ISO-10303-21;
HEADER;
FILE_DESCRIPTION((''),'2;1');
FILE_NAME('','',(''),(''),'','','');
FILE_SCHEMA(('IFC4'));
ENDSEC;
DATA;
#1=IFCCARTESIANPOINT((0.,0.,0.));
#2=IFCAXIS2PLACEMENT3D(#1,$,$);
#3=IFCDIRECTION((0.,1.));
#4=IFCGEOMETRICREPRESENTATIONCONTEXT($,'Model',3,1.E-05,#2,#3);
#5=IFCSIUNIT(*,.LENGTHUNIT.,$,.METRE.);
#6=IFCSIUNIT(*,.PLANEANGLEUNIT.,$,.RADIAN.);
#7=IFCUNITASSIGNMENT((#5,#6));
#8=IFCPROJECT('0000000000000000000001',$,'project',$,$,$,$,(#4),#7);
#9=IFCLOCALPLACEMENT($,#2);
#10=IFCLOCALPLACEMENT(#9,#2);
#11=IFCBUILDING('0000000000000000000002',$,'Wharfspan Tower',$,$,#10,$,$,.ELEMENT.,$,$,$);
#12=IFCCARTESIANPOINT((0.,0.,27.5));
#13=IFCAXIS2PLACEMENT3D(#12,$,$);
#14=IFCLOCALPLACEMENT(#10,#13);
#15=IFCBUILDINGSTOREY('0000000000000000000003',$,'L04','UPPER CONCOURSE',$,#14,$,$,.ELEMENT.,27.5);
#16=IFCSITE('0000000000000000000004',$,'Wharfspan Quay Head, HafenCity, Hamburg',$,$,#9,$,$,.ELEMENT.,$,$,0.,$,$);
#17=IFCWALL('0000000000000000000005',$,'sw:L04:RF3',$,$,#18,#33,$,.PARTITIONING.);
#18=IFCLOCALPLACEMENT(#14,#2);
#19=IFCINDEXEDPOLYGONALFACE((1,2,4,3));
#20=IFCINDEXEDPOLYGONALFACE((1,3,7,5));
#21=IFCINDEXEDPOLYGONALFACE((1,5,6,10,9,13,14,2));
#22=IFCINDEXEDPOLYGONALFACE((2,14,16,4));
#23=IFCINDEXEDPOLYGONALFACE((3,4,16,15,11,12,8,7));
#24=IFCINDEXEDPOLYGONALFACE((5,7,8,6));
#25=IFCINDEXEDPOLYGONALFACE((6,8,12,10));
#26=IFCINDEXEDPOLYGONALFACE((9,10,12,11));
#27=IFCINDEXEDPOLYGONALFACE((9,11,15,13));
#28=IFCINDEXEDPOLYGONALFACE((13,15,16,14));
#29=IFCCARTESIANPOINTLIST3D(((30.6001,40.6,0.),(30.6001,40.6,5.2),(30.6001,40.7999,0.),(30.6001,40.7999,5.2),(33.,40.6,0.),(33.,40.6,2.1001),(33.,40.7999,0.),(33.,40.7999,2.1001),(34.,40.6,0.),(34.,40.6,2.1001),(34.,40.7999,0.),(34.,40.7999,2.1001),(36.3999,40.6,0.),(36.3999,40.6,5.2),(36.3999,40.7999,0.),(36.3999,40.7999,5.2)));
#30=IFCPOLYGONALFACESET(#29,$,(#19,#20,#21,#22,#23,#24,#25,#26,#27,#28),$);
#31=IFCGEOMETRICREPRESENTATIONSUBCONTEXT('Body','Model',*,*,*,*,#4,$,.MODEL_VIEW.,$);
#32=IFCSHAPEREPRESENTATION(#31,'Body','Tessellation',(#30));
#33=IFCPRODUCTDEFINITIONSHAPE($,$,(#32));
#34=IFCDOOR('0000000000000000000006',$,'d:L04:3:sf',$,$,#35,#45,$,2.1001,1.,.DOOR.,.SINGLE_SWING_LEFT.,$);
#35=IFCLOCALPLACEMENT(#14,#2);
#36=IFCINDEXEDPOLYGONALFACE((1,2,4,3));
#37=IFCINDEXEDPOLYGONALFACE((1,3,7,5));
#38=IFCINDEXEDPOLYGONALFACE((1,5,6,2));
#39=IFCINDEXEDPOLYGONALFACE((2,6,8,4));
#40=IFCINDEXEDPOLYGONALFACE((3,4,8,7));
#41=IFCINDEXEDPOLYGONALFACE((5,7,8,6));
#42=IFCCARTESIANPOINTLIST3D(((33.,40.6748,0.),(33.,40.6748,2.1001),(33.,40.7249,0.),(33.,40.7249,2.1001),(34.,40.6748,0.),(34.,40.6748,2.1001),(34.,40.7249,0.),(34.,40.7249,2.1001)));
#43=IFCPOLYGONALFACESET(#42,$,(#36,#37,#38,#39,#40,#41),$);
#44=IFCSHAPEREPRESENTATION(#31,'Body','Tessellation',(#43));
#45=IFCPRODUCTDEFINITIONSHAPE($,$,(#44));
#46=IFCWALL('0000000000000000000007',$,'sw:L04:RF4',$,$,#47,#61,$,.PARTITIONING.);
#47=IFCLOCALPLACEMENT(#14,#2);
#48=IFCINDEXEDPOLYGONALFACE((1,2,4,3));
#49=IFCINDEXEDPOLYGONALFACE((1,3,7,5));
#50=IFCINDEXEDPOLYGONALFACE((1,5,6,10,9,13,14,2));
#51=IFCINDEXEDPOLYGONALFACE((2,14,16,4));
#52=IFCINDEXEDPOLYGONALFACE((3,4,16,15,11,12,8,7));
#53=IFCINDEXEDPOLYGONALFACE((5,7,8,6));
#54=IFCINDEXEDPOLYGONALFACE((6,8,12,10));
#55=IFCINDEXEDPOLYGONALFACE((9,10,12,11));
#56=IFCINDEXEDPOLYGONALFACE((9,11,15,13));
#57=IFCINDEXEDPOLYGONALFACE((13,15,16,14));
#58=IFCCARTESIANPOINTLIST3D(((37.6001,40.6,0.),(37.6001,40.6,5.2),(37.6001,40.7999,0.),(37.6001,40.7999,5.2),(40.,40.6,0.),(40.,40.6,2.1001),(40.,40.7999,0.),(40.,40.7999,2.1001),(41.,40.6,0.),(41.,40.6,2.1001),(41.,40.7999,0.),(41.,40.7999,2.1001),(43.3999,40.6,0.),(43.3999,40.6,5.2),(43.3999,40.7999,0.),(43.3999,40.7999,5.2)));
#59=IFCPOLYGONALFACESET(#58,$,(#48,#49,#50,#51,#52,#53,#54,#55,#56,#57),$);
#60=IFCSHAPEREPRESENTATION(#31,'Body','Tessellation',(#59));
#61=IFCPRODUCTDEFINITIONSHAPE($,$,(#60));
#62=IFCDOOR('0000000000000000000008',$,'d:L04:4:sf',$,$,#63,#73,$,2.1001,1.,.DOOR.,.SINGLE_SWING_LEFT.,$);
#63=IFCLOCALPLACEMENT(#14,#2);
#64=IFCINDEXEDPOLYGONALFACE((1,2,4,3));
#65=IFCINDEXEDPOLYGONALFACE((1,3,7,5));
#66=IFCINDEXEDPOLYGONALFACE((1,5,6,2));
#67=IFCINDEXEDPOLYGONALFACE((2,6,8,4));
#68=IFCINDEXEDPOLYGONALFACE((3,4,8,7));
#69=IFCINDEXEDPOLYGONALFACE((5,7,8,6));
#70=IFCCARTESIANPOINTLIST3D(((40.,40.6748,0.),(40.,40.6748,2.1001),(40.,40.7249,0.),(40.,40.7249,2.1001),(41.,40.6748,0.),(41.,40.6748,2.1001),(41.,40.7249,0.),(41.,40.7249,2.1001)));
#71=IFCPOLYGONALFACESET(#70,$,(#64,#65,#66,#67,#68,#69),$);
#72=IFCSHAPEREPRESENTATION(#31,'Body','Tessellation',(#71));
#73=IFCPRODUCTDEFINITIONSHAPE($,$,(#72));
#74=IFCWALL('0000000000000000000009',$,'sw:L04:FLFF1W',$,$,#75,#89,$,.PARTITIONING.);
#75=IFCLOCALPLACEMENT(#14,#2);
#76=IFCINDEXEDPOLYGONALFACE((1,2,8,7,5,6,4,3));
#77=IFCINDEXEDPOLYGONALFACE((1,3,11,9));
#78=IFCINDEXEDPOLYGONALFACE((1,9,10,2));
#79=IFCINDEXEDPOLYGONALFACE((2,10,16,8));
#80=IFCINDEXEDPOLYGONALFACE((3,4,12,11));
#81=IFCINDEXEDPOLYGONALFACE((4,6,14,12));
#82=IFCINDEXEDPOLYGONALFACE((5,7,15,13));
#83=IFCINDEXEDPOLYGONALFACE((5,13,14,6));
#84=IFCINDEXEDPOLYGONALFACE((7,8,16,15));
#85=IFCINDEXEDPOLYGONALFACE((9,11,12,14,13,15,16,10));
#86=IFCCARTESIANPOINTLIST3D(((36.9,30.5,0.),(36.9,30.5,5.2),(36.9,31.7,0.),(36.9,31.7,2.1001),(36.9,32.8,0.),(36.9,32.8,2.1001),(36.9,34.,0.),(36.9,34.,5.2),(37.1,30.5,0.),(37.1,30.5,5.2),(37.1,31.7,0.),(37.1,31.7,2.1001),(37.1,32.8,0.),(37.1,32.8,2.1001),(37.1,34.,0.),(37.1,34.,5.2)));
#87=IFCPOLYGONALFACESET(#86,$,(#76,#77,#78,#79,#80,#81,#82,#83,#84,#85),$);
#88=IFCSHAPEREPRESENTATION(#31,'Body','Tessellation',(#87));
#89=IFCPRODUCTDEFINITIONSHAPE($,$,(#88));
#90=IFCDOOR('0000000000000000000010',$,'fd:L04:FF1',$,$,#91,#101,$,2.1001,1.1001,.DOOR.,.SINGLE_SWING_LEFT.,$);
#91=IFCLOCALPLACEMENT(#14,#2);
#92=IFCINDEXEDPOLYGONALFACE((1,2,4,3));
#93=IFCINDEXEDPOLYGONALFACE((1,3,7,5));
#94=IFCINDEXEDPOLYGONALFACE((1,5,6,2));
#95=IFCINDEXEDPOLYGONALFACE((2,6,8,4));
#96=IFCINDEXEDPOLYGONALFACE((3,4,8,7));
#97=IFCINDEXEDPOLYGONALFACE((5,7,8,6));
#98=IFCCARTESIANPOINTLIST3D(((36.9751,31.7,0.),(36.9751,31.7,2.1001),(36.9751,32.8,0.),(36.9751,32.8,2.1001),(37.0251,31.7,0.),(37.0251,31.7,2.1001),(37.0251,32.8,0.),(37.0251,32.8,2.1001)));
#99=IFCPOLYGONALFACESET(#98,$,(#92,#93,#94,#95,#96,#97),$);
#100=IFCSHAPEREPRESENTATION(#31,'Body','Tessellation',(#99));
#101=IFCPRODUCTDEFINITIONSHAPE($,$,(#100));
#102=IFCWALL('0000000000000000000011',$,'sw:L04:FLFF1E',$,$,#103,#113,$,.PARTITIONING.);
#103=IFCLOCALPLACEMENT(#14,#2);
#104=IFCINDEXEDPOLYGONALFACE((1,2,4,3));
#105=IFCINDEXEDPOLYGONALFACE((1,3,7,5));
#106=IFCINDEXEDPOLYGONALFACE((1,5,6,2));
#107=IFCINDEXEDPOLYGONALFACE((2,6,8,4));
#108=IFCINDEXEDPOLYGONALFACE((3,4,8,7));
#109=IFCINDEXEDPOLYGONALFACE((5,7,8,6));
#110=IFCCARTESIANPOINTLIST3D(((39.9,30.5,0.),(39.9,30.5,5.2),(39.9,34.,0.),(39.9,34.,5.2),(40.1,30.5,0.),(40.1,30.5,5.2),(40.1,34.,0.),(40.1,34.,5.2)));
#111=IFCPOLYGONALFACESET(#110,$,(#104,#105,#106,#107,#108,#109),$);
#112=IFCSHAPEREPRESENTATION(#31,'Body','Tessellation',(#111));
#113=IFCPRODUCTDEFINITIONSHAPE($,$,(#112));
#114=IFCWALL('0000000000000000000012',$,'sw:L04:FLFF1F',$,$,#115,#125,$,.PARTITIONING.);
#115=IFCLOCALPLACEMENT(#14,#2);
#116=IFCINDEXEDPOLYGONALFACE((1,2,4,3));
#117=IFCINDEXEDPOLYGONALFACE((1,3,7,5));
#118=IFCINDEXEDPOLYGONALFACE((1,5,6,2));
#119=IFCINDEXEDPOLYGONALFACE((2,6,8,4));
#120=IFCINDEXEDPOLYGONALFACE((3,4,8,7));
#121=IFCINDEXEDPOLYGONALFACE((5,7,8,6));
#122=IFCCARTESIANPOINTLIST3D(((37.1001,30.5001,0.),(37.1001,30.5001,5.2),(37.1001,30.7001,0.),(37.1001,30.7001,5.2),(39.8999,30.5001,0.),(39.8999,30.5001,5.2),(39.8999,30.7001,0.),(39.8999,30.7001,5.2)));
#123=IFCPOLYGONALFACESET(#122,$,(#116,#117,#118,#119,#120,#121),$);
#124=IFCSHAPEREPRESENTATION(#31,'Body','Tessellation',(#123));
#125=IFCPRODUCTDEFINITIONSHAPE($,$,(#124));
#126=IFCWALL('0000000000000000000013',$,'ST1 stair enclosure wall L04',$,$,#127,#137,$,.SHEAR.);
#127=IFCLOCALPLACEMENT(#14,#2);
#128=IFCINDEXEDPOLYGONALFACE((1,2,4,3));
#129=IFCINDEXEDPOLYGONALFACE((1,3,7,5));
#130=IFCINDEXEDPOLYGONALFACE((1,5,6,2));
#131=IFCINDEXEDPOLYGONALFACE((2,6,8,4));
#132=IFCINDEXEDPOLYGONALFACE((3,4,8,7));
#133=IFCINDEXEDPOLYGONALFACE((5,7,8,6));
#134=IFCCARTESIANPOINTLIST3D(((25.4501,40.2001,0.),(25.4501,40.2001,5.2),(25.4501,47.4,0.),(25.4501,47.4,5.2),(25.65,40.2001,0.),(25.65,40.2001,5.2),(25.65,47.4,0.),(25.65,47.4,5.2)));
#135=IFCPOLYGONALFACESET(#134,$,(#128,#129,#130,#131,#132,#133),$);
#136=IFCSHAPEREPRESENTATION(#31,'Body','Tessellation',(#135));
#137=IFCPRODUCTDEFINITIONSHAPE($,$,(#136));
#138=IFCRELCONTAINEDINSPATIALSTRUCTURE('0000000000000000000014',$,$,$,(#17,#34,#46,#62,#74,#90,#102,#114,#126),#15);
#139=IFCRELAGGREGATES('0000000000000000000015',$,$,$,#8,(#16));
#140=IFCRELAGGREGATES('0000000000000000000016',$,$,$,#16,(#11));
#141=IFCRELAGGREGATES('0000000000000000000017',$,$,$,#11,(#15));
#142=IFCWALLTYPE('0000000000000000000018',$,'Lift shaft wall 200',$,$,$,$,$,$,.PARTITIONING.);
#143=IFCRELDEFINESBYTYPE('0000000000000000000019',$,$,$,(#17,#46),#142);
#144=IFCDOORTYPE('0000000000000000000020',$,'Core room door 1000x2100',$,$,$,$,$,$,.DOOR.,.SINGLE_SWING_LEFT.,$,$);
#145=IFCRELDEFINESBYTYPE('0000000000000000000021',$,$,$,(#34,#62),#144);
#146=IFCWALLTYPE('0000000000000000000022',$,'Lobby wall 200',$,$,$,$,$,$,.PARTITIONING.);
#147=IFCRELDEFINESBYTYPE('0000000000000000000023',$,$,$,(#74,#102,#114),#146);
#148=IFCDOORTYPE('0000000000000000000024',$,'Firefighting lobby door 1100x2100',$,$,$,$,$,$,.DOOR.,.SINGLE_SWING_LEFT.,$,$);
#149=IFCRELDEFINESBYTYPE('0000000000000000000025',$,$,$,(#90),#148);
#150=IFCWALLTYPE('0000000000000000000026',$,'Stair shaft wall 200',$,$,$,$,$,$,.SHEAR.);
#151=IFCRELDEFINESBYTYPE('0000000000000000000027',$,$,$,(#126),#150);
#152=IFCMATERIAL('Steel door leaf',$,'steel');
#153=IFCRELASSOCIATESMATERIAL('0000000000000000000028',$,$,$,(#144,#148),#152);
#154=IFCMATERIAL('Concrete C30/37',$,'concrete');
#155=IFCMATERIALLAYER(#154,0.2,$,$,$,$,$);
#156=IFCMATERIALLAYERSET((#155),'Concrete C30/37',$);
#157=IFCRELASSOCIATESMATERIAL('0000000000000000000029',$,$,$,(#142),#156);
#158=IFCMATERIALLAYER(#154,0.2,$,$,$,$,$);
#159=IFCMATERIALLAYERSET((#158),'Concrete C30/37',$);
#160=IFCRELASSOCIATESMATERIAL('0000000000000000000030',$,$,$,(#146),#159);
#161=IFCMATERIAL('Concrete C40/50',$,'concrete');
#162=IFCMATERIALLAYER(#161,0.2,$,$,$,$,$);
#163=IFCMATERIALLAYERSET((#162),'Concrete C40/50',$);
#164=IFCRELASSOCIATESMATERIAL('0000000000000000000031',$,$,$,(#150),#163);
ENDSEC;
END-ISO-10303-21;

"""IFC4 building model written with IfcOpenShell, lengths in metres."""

from ifc_helpers import new_model, si_unit, direction, frame, frame_2d, origin, place, context, subcontext, project, spatial, rectangle, extrude, material, layer, layer_set, type_object, element, fill, save


model = new_model("IFC4")

# Units and contexts
model_context = context("Model", 3, precision=1e-05, world=origin(), true_north=direction((0.0, 1.0)))
body_context = subcontext(model_context, "Body", "Model", "MODEL_VIEW")
ifc_project = project(units=[si_unit("LENGTHUNIT", "METRE"), si_unit("PLANEANGLEUNIT", "RADIAN")], contexts=[model_context])

# Site, building, storey
site_placement = place(None, origin())
site = spatial("IfcSite", under=ifc_project, at=site_placement, Name="Wharfspan Quay Head, HafenCity, Hamburg", CompositionType="ELEMENT", RefElevation=0.0)
building_placement = place(site_placement, origin())
building = spatial("IfcBuilding", under=site, at=building_placement, Name="Wharfspan Tower", CompositionType="ELEMENT")
storey_placement = place(building_placement, frame((0.0, 0.0, 27.5)))
storey = spatial("IfcBuildingStorey", under=building, at=storey_placement, Name="L04", Description="UPPER CONCOURSE", CompositionType="ELEMENT", Elevation=27.5)

# Shared definitions
ifc_material_1 = material(Name="Steel door leaf", Category="steel")
door_type_1 = type_object("IfcDoorType", Name="Core room door 1000x2100", OperationType="SINGLE_SWING_LEFT", PredefinedType="DOOR", material=ifc_material_1)

# Walls, openings, doors
ifc_material_2 = material(Name="Concrete C30/37", Category="concrete")
ifc_layer_1 = layer(ifc_material_2, 0.2)
ifc_layer_set_1 = layer_set([ifc_layer_1], Name="Concrete C30/37")
wall_type_1 = type_object("IfcWallType", Name="Lift shaft wall 200", PredefinedType="PARTITIONING", material=ifc_layer_set_1)
wall_1_placement = place(storey_placement, frame((30.6001, 40.7, 0.0), z_axis=(0.0, 0.0, 1.0), x_axis=(1.0, 0.0, 0.0)))
wall_1 = element("IfcWall", 1, at=wall_1_placement, inside=storey, type_object=wall_type_1, Name="sw:L04:RF3", PredefinedType="PARTITIONING", context=body_context, shape_type="SweptSolid", body=[
    extrude(rectangle(XDim=5.7998, YDim=0.2, at=frame_2d((2.8999, 0.0))), origin(), (0.0, 0.0, 1.0), 5.2),
])
opening_1_placement = place(wall_1_placement, frame((2.3999, 0.0, 0.0)))
opening_1 = element("IfcOpeningElement", 2, at=opening_1_placement, cuts=wall_1, PredefinedType="OPENING", context=body_context, shape_type="SweptSolid", body=[
    extrude(rectangle(XDim=1.0, YDim=2.1001, at=frame_2d((0.5, 1.05))), frame((0.0, 0.1099, 0.0), z_axis=(0.0, -1.0, 0.0), x_axis=(1.0, 0.0, 0.0)), (0.0, 0.0, 1.0), 0.22),
])
door_1_placement = place(opening_1_placement, origin())
door_1 = element("IfcDoor", 3, at=door_1_placement, inside=storey, type_object=door_type_1, Name="d:L04:3:sf", OperationType="SINGLE_SWING_LEFT", OverallHeight=2.1001, OverallWidth=1.0, PredefinedType="DOOR", context=body_context, shape_type="SweptSolid", body=[
    extrude(rectangle(XDim=1.0, YDim=2.1001, at=frame_2d((0.5, 1.05))), frame((0.0, 0.0249, 0.0), z_axis=(0.0, -1.0, 0.0), x_axis=(1.0, 0.0, 0.0)), (0.0, 0.0, 1.0), 0.05),
])
fill(opening_1, door_1)
wall_2_placement = place(storey_placement, frame((37.6001, 40.7, 0.0), z_axis=(0.0, 0.0, 1.0), x_axis=(1.0, 0.0, 0.0)))
wall_2 = element("IfcWall", 4, at=wall_2_placement, inside=storey, type_object=wall_type_1, Name="sw:L04:RF4", PredefinedType="PARTITIONING", context=body_context, shape_type="SweptSolid", body=[
    extrude(rectangle(XDim=5.7998, YDim=0.2, at=frame_2d((2.8999, 0.0))), origin(), (0.0, 0.0, 1.0), 5.2),
])
opening_2_placement = place(wall_2_placement, frame((2.3999, 0.0, 0.0)))
opening_2 = element("IfcOpeningElement", 5, at=opening_2_placement, cuts=wall_2, PredefinedType="OPENING", context=body_context, shape_type="SweptSolid", body=[
    extrude(rectangle(XDim=1.0, YDim=2.1001, at=frame_2d((0.5, 1.05))), frame((0.0, 0.1099, 0.0), z_axis=(0.0, -1.0, 0.0), x_axis=(1.0, 0.0, 0.0)), (0.0, 0.0, 1.0), 0.22),
])
door_2_placement = place(opening_2_placement, origin())
door_2 = element("IfcDoor", 6, at=door_2_placement, inside=storey, type_object=door_type_1, Name="d:L04:4:sf", OperationType="SINGLE_SWING_LEFT", OverallHeight=2.1001, OverallWidth=1.0, PredefinedType="DOOR", context=body_context, shape_type="SweptSolid", body=[
    extrude(rectangle(XDim=1.0, YDim=2.1001, at=frame_2d((0.5, 1.05))), frame((0.0, 0.0249, 0.0), z_axis=(0.0, -1.0, 0.0), x_axis=(1.0, 0.0, 0.0)), (0.0, 0.0, 1.0), 0.05),
])
fill(opening_2, door_2)
ifc_layer_2 = layer(ifc_material_2, 0.2)
ifc_layer_set_2 = layer_set([ifc_layer_2], Name="Concrete C30/37")
wall_type_2 = type_object("IfcWallType", Name="Lobby wall 200", PredefinedType="PARTITIONING", material=ifc_layer_set_2)
wall_3_placement = place(storey_placement, frame((37.0, 30.5, 0.0), z_axis=(0.0, 0.0, 1.0), x_axis=(0.0, 1.0, 0.0)))
wall_3 = element("IfcWall", 7, at=wall_3_placement, inside=storey, type_object=wall_type_2, Name="sw:L04:FLFF1W", PredefinedType="PARTITIONING", context=body_context, shape_type="SweptSolid", body=[
    extrude(rectangle(XDim=3.5, YDim=0.2, at=frame_2d((1.75, 0.0))), origin(), (0.0, 0.0, 1.0), 5.2),
])
opening_3_placement = place(wall_3_placement, frame((1.2, 0.0, 0.0)))
opening_3 = element("IfcOpeningElement", 8, at=opening_3_placement, cuts=wall_3, PredefinedType="OPENING", context=body_context, shape_type="SweptSolid", body=[
    extrude(rectangle(XDim=1.1001, YDim=2.1001, at=frame_2d((0.55, 1.05))), frame((0.0, 0.1099, 0.0), z_axis=(0.0, -1.0, 0.0), x_axis=(1.0, 0.0, 0.0)), (0.0, 0.0, 1.0), 0.22),
])
door_type_2 = type_object("IfcDoorType", Name="Firefighting lobby door 1100x2100", OperationType="SINGLE_SWING_LEFT", PredefinedType="DOOR", material=ifc_material_1)
door_3_placement = place(opening_3_placement, origin())
door_3 = element("IfcDoor", 9, at=door_3_placement, inside=storey, type_object=door_type_2, Name="fd:L04:FF1", OperationType="SINGLE_SWING_LEFT", OverallHeight=2.1001, OverallWidth=1.1001, PredefinedType="DOOR", context=body_context, shape_type="SweptSolid", body=[
    extrude(rectangle(XDim=1.1001, YDim=2.1001, at=frame_2d((0.55, 1.05))), frame((0.0, 0.0249, 0.0), z_axis=(0.0, -1.0, 0.0), x_axis=(1.0, 0.0, 0.0)), (0.0, 0.0, 1.0), 0.05),
])
fill(opening_3, door_3)

# Walls
wall_4_placement = place(storey_placement, frame((40.0, 30.5, 0.0), z_axis=(0.0, 0.0, 1.0), x_axis=(0.0, 1.0, 0.0)))
element("IfcWall", 10, at=wall_4_placement, inside=storey, type_object=wall_type_2, Name="sw:L04:FLFF1E", PredefinedType="PARTITIONING", context=body_context, shape_type="SweptSolid", body=[
    extrude(rectangle(XDim=3.5, YDim=0.2, at=frame_2d((1.75, 0.0))), origin(), (0.0, 0.0, 1.0), 5.2),
])
wall_5_placement = place(storey_placement, frame((37.1001, 30.6001, 0.0), z_axis=(0.0, 0.0, 1.0), x_axis=(1.0, 0.0, 0.0)))
element("IfcWall", 11, at=wall_5_placement, inside=storey, type_object=wall_type_2, Name="sw:L04:FLFF1F", PredefinedType="PARTITIONING", context=body_context, shape_type="SweptSolid", body=[
    extrude(rectangle(XDim=2.7998, YDim=0.2, at=frame_2d((1.3999, 0.0))), origin(), (0.0, 0.0, 1.0), 5.2),
])
ifc_material_3 = material(Name="Concrete C40/50", Category="concrete")
ifc_layer_3 = layer(ifc_material_3, 0.2)
ifc_layer_set_3 = layer_set([ifc_layer_3], Name="Concrete C40/50")
wall_type_3 = type_object("IfcWallType", Name="Stair shaft wall 200", PredefinedType="SHEAR", material=ifc_layer_set_3)
wall_6_placement = place(storey_placement, frame((25.55, 40.2, 0.0), z_axis=(0.0, 0.0, 1.0), x_axis=(0.0, 1.0, 0.0)))
element("IfcWall", 12, at=wall_6_placement, inside=storey, type_object=wall_type_3, Name="ST1 stair enclosure wall L04", PredefinedType="SHEAR", context=body_context, shape_type="SweptSolid", body=[
    extrude(rectangle(XDim=7.2, YDim=0.2, at=frame_2d((3.6001, 0.0))), origin(), (0.0, 0.0, 1.0), 5.2),
])

save(model, "model.ifc")
